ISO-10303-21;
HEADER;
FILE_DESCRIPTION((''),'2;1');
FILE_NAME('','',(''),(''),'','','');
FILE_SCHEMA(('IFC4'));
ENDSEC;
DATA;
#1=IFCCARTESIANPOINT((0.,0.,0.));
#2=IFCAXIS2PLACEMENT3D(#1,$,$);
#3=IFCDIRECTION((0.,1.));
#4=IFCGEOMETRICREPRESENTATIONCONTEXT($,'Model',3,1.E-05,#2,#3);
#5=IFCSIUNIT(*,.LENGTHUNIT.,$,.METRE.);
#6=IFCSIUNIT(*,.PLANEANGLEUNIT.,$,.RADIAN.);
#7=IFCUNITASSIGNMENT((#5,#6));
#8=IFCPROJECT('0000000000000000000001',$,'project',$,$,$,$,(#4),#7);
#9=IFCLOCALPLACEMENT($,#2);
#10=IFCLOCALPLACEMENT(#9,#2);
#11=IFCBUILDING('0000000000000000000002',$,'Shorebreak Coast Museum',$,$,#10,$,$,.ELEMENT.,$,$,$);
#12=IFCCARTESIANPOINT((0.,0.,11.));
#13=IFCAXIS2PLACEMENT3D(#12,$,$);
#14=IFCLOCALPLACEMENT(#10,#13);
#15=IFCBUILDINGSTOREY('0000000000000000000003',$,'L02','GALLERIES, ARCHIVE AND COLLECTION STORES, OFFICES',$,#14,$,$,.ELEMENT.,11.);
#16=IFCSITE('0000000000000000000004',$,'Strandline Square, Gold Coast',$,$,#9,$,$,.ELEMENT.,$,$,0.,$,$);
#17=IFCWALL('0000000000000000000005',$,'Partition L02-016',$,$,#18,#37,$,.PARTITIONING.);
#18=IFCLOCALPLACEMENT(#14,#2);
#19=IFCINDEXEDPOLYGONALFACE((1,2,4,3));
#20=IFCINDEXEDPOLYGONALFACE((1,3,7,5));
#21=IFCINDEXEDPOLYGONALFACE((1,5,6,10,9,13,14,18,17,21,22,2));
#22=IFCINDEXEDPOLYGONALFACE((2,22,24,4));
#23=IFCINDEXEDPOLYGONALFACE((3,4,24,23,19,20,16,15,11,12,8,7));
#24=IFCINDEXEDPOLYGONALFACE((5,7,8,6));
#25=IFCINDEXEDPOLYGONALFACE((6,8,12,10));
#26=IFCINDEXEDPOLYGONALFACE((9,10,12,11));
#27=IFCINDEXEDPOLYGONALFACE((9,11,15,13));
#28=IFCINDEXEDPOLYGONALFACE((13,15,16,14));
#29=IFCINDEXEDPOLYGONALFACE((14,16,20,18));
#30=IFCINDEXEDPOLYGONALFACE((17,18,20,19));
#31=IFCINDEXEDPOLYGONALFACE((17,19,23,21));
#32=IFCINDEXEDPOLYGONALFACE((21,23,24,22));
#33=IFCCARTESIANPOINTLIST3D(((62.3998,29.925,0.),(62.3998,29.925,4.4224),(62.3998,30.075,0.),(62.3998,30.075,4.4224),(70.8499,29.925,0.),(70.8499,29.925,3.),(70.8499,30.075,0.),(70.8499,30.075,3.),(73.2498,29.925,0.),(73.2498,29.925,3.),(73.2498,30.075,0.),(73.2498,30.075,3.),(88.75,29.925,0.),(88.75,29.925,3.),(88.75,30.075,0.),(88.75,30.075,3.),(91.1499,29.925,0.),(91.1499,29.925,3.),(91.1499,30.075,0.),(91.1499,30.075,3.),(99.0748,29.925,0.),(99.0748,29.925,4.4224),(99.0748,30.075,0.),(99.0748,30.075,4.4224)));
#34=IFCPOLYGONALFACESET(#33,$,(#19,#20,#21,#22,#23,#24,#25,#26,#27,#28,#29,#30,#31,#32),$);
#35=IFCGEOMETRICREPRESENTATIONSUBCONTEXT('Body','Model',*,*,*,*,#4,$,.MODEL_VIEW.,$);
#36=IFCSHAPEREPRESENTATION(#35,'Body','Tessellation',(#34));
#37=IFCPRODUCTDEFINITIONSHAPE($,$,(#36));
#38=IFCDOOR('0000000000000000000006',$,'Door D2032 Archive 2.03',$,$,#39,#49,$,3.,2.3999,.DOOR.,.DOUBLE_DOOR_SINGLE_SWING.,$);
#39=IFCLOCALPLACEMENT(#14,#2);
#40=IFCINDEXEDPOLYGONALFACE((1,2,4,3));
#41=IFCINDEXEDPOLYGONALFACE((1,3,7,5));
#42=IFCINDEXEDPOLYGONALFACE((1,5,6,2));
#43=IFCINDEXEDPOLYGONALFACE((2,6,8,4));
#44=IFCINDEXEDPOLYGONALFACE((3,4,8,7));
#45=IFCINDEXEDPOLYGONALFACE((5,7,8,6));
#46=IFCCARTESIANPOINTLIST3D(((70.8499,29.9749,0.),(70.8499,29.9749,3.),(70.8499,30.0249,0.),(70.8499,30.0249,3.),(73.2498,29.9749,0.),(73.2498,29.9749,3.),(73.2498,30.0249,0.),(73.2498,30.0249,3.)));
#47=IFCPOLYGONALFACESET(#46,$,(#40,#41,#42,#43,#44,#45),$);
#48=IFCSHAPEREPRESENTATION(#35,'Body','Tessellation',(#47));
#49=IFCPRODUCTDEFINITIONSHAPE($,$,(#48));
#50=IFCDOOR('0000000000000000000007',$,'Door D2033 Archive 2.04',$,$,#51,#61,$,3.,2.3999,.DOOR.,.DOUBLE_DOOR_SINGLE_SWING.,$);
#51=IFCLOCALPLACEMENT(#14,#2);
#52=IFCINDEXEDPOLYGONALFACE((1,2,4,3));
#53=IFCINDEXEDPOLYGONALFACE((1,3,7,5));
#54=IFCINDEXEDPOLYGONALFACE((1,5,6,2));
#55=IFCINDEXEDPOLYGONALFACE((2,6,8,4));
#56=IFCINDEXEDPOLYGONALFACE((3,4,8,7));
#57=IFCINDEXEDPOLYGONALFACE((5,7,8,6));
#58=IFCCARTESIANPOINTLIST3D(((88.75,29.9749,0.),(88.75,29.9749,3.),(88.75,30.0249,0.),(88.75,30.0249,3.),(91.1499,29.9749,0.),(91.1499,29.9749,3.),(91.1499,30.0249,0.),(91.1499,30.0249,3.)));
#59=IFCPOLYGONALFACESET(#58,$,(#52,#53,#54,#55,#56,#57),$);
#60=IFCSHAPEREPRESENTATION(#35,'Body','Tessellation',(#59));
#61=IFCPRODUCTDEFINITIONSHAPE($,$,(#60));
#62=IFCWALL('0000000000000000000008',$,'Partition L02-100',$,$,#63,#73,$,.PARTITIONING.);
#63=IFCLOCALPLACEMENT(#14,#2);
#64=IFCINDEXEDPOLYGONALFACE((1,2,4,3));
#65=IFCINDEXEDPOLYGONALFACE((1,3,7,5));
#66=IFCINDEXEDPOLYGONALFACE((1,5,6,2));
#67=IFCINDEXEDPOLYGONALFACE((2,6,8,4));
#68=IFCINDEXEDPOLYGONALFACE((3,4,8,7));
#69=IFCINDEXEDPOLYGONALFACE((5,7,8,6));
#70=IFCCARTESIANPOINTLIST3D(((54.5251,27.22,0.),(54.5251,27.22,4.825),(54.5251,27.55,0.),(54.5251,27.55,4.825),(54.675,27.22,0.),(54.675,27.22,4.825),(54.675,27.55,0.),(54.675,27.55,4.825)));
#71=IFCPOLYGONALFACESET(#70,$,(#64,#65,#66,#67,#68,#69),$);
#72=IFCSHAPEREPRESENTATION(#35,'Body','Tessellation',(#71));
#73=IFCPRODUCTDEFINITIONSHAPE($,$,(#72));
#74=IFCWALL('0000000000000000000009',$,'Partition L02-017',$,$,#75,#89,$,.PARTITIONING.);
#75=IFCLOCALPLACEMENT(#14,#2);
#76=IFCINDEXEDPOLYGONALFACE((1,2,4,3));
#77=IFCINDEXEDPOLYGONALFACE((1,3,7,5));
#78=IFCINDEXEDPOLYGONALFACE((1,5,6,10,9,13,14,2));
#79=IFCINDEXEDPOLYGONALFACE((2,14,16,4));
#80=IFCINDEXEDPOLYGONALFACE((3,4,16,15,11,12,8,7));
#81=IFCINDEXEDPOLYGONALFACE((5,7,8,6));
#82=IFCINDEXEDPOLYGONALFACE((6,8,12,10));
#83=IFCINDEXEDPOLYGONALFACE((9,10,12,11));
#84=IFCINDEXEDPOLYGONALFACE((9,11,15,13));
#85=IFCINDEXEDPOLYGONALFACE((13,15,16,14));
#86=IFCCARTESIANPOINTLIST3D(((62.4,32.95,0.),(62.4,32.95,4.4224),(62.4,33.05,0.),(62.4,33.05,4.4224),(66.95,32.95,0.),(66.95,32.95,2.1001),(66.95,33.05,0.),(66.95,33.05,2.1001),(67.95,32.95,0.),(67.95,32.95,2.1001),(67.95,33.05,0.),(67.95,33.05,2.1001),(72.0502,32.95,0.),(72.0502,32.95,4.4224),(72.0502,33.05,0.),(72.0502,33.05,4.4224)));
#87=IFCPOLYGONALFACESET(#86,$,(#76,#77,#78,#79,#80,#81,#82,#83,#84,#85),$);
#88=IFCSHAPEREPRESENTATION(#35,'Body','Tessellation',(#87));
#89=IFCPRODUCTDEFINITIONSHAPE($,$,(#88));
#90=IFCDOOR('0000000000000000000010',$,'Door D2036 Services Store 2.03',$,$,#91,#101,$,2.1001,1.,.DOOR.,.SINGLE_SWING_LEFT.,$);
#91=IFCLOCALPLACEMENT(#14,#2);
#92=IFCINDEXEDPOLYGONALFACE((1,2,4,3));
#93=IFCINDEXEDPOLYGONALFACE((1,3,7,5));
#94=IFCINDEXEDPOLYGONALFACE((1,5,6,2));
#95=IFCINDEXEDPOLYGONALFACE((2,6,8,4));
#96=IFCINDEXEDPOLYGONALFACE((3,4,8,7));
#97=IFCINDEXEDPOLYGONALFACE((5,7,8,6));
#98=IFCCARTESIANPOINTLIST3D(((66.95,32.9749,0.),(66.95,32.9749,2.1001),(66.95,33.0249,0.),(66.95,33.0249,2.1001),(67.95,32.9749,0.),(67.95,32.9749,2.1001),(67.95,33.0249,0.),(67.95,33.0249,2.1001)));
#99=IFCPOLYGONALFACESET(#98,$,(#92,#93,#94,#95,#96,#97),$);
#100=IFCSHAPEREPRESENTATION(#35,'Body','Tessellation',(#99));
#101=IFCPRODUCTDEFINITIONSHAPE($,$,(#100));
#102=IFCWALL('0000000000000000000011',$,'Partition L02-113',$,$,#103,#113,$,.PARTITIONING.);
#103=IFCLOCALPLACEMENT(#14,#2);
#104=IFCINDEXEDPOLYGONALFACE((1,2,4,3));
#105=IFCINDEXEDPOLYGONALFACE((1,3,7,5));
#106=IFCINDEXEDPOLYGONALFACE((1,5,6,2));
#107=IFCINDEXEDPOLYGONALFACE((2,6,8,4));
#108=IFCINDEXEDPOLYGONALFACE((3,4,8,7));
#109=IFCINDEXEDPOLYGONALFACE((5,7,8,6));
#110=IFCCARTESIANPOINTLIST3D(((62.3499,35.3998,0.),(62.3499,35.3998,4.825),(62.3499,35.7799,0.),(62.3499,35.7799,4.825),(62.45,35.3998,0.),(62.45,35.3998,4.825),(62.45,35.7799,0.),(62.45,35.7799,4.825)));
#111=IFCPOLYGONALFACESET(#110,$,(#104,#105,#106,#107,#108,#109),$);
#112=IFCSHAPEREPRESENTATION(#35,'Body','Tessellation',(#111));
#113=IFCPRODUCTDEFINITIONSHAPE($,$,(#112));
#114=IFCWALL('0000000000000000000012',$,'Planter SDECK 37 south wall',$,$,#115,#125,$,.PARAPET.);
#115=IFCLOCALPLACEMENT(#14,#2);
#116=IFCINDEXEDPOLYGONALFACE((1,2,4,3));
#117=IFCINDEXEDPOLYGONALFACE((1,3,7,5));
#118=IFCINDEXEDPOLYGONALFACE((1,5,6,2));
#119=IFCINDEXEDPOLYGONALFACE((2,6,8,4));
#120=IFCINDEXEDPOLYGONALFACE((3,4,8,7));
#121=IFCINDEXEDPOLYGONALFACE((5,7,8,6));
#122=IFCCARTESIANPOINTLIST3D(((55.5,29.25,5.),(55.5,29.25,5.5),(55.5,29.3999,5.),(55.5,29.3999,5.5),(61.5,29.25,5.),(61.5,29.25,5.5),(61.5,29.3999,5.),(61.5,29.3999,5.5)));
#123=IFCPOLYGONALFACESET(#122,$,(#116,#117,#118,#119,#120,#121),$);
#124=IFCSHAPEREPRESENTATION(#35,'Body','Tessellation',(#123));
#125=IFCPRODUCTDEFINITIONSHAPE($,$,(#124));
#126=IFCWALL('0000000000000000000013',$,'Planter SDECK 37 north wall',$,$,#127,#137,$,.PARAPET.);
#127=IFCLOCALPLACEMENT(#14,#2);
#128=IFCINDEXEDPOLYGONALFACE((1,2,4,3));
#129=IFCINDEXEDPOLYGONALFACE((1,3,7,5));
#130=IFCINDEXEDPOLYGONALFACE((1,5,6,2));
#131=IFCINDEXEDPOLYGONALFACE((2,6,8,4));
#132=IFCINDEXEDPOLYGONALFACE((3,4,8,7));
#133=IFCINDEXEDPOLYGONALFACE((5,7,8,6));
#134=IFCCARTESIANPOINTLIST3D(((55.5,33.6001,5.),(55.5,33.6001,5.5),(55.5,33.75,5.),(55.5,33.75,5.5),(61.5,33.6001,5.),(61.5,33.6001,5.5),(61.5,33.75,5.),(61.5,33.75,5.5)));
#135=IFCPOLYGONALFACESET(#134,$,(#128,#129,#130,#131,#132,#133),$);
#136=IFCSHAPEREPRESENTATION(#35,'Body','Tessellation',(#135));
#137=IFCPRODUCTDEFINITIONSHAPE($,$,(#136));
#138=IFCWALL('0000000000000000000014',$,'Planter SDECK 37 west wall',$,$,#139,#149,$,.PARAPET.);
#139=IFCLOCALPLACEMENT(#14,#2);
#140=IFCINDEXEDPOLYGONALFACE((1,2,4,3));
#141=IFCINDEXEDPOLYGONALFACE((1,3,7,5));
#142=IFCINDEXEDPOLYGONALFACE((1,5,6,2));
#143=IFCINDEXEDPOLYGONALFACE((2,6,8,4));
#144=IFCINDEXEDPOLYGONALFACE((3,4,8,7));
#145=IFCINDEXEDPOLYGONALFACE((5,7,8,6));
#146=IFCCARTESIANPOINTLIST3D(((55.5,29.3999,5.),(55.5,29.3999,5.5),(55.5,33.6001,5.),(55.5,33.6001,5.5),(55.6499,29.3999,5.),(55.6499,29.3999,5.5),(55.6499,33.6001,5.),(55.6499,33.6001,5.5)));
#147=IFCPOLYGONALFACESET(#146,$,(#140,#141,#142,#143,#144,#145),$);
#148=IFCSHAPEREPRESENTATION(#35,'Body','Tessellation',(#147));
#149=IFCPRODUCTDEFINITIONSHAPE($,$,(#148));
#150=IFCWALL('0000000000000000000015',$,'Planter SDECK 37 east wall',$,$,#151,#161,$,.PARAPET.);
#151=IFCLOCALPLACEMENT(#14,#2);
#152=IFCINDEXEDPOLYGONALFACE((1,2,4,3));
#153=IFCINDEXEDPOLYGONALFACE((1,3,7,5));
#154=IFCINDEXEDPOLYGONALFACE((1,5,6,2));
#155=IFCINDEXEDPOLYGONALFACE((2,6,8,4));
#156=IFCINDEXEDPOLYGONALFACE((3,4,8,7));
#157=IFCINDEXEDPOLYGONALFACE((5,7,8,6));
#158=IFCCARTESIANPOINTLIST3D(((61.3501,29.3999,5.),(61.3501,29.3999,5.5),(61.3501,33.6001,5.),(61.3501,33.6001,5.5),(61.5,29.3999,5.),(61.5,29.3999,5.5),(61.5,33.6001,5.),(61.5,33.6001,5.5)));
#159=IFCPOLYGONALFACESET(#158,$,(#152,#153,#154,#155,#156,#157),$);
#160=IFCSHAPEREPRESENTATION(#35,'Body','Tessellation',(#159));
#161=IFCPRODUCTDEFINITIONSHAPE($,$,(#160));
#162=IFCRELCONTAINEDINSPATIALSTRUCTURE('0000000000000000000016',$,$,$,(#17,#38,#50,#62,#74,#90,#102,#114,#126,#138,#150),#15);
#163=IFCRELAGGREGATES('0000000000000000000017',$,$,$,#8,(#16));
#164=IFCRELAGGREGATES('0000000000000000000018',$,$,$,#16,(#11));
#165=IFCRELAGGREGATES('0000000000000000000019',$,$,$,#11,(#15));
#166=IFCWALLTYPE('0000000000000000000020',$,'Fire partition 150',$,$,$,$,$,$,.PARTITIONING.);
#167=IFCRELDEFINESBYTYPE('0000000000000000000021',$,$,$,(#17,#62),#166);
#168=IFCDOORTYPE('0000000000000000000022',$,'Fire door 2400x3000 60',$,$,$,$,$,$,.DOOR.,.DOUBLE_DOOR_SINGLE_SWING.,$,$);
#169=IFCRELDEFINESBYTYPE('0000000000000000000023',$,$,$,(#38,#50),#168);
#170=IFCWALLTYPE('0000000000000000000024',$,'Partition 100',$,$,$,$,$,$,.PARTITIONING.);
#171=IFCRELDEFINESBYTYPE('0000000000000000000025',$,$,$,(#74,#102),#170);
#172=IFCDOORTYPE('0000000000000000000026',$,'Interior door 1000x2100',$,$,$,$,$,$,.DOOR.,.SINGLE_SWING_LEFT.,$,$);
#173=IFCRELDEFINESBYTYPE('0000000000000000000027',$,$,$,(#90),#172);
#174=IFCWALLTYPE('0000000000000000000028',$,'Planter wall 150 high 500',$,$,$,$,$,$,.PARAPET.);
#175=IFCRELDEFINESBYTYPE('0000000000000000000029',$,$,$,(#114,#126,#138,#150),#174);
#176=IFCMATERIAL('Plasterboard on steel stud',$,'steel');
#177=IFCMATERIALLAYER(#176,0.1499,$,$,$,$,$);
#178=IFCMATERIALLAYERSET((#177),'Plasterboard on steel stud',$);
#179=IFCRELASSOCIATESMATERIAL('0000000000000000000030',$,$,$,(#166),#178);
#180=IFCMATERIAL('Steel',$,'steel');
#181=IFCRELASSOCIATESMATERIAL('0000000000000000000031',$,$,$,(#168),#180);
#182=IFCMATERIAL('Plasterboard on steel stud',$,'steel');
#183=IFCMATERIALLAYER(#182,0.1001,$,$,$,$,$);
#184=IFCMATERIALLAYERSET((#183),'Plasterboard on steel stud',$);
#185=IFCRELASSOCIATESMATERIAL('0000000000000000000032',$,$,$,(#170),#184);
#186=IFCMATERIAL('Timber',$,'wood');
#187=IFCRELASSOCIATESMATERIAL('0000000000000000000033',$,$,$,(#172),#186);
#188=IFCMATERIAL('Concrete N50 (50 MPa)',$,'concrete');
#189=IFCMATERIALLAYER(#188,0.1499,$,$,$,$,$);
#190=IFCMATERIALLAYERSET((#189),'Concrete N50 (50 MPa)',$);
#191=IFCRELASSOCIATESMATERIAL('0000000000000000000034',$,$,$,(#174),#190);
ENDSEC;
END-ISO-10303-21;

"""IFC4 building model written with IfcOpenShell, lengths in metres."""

from ifc_helpers import new_model, si_unit, direction, frame, frame_2d, origin, place, context, subcontext, project, spatial, rectangle, extrude, material, layer, layer_set, type_object, element, fill, save


model = new_model("IFC4")

# Units and contexts
model_context = context("Model", 3, precision=1e-05, world=origin(), true_north=direction((0.0, 1.0)))
body_context = subcontext(model_context, "Body", "Model", "MODEL_VIEW")
ifc_project = project(units=[si_unit("LENGTHUNIT", "METRE"), si_unit("PLANEANGLEUNIT", "RADIAN")], contexts=[model_context])

# Site, building, storey
site_placement = place(None, origin())
site = spatial("IfcSite", under=ifc_project, at=site_placement, Name="Strandline Square, Gold Coast", CompositionType="ELEMENT", RefElevation=0.0)
building_placement = place(site_placement, origin())
building = spatial("IfcBuilding", under=site, at=building_placement, Name="Shorebreak Coast Museum", CompositionType="ELEMENT")
storey_placement = place(building_placement, frame((0.0, 0.0, 11.0)))
storey = spatial("IfcBuildingStorey", under=building, at=storey_placement, Name="L02", Description="GALLERIES, ARCHIVE AND COLLECTION STORES, OFFICES", CompositionType="ELEMENT", Elevation=11.0)

# Wall, openings, doors
ifc_material_1 = material(Name="Plasterboard on steel stud", Category="steel")
ifc_layer_1 = layer(ifc_material_1, 0.1499)
ifc_layer_set_1 = layer_set([ifc_layer_1], Name="Plasterboard on steel stud")
wall_type_1 = type_object("IfcWallType", Name="Fire partition 150", PredefinedType="PARTITIONING", material=ifc_layer_set_1)
wall_1_placement = place(storey_placement, frame((62.3999, 30.0, 0.0), z_axis=(0.0, 0.0, 1.0), x_axis=(1.0, 0.0, 0.0)))
wall_1 = element("IfcWall", 1, at=wall_1_placement, inside=storey, type_object=wall_type_1, Name="Partition L02-016", PredefinedType="PARTITIONING", context=body_context, shape_type="SweptSolid", body=[
    extrude(rectangle(XDim=36.675, YDim=0.1499, at=frame_2d((18.3374, 0.0))), origin(), (0.0, 0.0, 1.0), 4.4224),
])
opening_1_placement = place(wall_1_placement, frame((8.45, 0.0, 0.0)))
opening_1 = element("IfcOpeningElement", 2, at=opening_1_placement, cuts=wall_1, PredefinedType="OPENING", context=body_context, shape_type="SweptSolid", body=[
    extrude(rectangle(XDim=2.3999, YDim=3.0, at=frame_2d((1.2, 1.5))), frame((0.0, 0.085, 0.0), z_axis=(0.0, -1.0, 0.0), x_axis=(1.0, 0.0, 0.0)), (0.0, 0.0, 1.0), 0.1699),
])
opening_2_placement = place(wall_1_placement, frame((26.3501, 0.0, 0.0)))
opening_2 = element("IfcOpeningElement", 3, at=opening_2_placement, cuts=wall_1, PredefinedType="OPENING", context=body_context, shape_type="SweptSolid", body=[
    extrude(rectangle(XDim=2.3999, YDim=3.0, at=frame_2d((1.2, 1.5))), frame((0.0, 0.085, 0.0), z_axis=(0.0, -1.0, 0.0), x_axis=(1.0, 0.0, 0.0)), (0.0, 0.0, 1.0), 0.1699),
])
ifc_material_2 = material(Name="Steel", Category="steel")
door_type_1 = type_object("IfcDoorType", Name="Fire door 2400x3000 60", OperationType="DOUBLE_DOOR_SINGLE_SWING", PredefinedType="DOOR", material=ifc_material_2)
door_1_placement = place(opening_1_placement, origin())
door_1 = element("IfcDoor", 4, at=door_1_placement, inside=storey, type_object=door_type_1, Name="Door D2032 Archive 2.03", OperationType="DOUBLE_DOOR_SINGLE_SWING", OverallHeight=3.0, OverallWidth=2.3999, PredefinedType="DOOR", context=body_context, shape_type="SweptSolid", body=[
    extrude(rectangle(XDim=2.3999, YDim=3.0, at=frame_2d((1.2, 1.5))), frame((0.0, 0.0249, 0.0), z_axis=(0.0, -1.0, 0.0), x_axis=(1.0, 0.0, 0.0)), (0.0, 0.0, 1.0), 0.05),
])
fill(opening_1, door_1)
door_2_placement = place(opening_2_placement, origin())
door_2 = element("IfcDoor", 5, at=door_2_placement, inside=storey, type_object=door_type_1, Name="Door D2033 Archive 2.04", OperationType="DOUBLE_DOOR_SINGLE_SWING", OverallHeight=3.0, OverallWidth=2.3999, PredefinedType="DOOR", context=body_context, shape_type="SweptSolid", body=[
    extrude(rectangle(XDim=2.3999, YDim=3.0, at=frame_2d((1.2, 1.5))), frame((0.0, 0.0249, 0.0), z_axis=(0.0, -1.0, 0.0), x_axis=(1.0, 0.0, 0.0)), (0.0, 0.0, 1.0), 0.05),
])
fill(opening_2, door_2)

# Wall
wall_2_placement = place(storey_placement, frame((54.6001, 27.22, 0.0), z_axis=(0.0, 0.0, 1.0), x_axis=(0.0, 1.0, 0.0)))
element("IfcWall", 6, at=wall_2_placement, inside=storey, type_object=wall_type_1, Name="Partition L02-100", PredefinedType="PARTITIONING", context=body_context, shape_type="SweptSolid", body=[
    extrude(rectangle(XDim=0.3301, YDim=0.1499, at=frame_2d((0.165, 0.0))), origin(), (0.0, 0.0, 1.0), 4.825),
])

# Wall, opening, door
ifc_material_3 = material(Name="Plasterboard on steel stud", Category="steel")
ifc_layer_2 = layer(ifc_material_3, 0.1001)
ifc_layer_set_2 = layer_set([ifc_layer_2], Name="Plasterboard on steel stud")
wall_type_2 = type_object("IfcWallType", Name="Partition 100", PredefinedType="PARTITIONING", material=ifc_layer_set_2)
wall_3_placement = place(storey_placement, frame((62.3999, 33.0, 0.0), z_axis=(0.0, 0.0, 1.0), x_axis=(1.0, 0.0, 0.0)))
wall_3 = element("IfcWall", 7, at=wall_3_placement, inside=storey, type_object=wall_type_2, Name="Partition L02-017", PredefinedType="PARTITIONING", context=body_context, shape_type="SweptSolid", body=[
    extrude(rectangle(XDim=9.6501, YDim=0.1001, at=frame_2d((4.8252, 0.0))), origin(), (0.0, 0.0, 1.0), 4.4224),
])
opening_3_placement = place(wall_3_placement, frame((4.55, 0.0, 0.0)))
opening_3 = element("IfcOpeningElement", 8, at=opening_3_placement, cuts=wall_3, PredefinedType="OPENING", context=body_context, shape_type="SweptSolid", body=[
    extrude(rectangle(XDim=1.0, YDim=2.1001, at=frame_2d((0.5, 1.05))), frame((0.0, 0.0601, 0.0), z_axis=(0.0, -1.0, 0.0), x_axis=(1.0, 0.0, 0.0)), (0.0, 0.0, 1.0), 0.1201),
])
ifc_material_4 = material(Name="Timber", Category="wood")
door_type_2 = type_object("IfcDoorType", Name="Interior door 1000x2100", OperationType="SINGLE_SWING_LEFT", PredefinedType="DOOR", material=ifc_material_4)
door_3_placement = place(opening_3_placement, origin())
door_3 = element("IfcDoor", 9, at=door_3_placement, inside=storey, type_object=door_type_2, Name="Door D2036 Services Store 2.03", OperationType="SINGLE_SWING_LEFT", OverallHeight=2.1001, OverallWidth=1.0, PredefinedType="DOOR", context=body_context, shape_type="SweptSolid", body=[
    extrude(rectangle(XDim=1.0, YDim=2.1001, at=frame_2d((0.5, 1.05))), frame((0.0, 0.0249, 0.0), z_axis=(0.0, -1.0, 0.0), x_axis=(1.0, 0.0, 0.0)), (0.0, 0.0, 1.0), 0.05),
])
fill(opening_3, door_3)

# Walls
wall_4_placement = place(storey_placement, frame((62.3999, 35.3999, 0.0), z_axis=(0.0, 0.0, 1.0), x_axis=(0.0, 1.0, 0.0)))
element("IfcWall", 10, at=wall_4_placement, inside=storey, type_object=wall_type_2, Name="Partition L02-113", PredefinedType="PARTITIONING", context=body_context, shape_type="SweptSolid", body=[
    extrude(rectangle(XDim=0.3801, YDim=0.1001, at=frame_2d((0.1899, 0.0))), origin(), (0.0, 0.0, 1.0), 4.825),
])
ifc_material_5 = material(Name="Concrete N50 (50 MPa)", Category="concrete")
ifc_layer_3 = layer(ifc_material_5, 0.1499)
ifc_layer_set_3 = layer_set([ifc_layer_3], Name="Concrete N50 (50 MPa)")
wall_type_3 = type_object("IfcWallType", Name="Planter wall 150 high 500", PredefinedType="PARAPET", material=ifc_layer_set_3)
for number, where, z_axis, x_axis, name in (
    (11, (55.5, 29.325, 5.0), (0.0, 0.0, 1.0), (1.0, 0.0, 0.0), "Planter SDECK 37 south wall"),
    (12, (55.5, 33.675, 5.0), (0.0, 0.0, 1.0), (1.0, 0.0, 0.0), "Planter SDECK 37 north wall"),
):
    element("IfcWall", number, at=place(storey_placement, frame(where, z_axis=z_axis, x_axis=x_axis)), inside=storey, type_object=wall_type_3, Name=name, PredefinedType="PARAPET", context=body_context, shape_type="SweptSolid", body=[
        extrude(rectangle(XDim=6.0, YDim=0.1499, at=frame_2d((3.0, 0.0))), origin(), (0.0, 0.0, 1.0), 0.5),
    ])
for number, where, z_axis, x_axis, name in (
    (13, (55.575, 29.3999, 5.0), (0.0, 0.0, 1.0), (0.0, 1.0, 0.0), "Planter SDECK 37 west wall"),
    (14, (61.425, 29.3999, 5.0), (0.0, 0.0, 1.0), (0.0, 1.0, 0.0), "Planter SDECK 37 east wall"),
):
    element("IfcWall", number, at=place(storey_placement, frame(where, z_axis=z_axis, x_axis=x_axis)), inside=storey, type_object=wall_type_3, Name=name, PredefinedType="PARAPET", context=body_context, shape_type="SweptSolid", body=[
        extrude(rectangle(XDim=4.2002, YDim=0.1499, at=frame_2d((2.1001, 0.0))), origin(), (0.0, 0.0, 1.0), 0.5),
    ])

save(model, "model.ifc")
